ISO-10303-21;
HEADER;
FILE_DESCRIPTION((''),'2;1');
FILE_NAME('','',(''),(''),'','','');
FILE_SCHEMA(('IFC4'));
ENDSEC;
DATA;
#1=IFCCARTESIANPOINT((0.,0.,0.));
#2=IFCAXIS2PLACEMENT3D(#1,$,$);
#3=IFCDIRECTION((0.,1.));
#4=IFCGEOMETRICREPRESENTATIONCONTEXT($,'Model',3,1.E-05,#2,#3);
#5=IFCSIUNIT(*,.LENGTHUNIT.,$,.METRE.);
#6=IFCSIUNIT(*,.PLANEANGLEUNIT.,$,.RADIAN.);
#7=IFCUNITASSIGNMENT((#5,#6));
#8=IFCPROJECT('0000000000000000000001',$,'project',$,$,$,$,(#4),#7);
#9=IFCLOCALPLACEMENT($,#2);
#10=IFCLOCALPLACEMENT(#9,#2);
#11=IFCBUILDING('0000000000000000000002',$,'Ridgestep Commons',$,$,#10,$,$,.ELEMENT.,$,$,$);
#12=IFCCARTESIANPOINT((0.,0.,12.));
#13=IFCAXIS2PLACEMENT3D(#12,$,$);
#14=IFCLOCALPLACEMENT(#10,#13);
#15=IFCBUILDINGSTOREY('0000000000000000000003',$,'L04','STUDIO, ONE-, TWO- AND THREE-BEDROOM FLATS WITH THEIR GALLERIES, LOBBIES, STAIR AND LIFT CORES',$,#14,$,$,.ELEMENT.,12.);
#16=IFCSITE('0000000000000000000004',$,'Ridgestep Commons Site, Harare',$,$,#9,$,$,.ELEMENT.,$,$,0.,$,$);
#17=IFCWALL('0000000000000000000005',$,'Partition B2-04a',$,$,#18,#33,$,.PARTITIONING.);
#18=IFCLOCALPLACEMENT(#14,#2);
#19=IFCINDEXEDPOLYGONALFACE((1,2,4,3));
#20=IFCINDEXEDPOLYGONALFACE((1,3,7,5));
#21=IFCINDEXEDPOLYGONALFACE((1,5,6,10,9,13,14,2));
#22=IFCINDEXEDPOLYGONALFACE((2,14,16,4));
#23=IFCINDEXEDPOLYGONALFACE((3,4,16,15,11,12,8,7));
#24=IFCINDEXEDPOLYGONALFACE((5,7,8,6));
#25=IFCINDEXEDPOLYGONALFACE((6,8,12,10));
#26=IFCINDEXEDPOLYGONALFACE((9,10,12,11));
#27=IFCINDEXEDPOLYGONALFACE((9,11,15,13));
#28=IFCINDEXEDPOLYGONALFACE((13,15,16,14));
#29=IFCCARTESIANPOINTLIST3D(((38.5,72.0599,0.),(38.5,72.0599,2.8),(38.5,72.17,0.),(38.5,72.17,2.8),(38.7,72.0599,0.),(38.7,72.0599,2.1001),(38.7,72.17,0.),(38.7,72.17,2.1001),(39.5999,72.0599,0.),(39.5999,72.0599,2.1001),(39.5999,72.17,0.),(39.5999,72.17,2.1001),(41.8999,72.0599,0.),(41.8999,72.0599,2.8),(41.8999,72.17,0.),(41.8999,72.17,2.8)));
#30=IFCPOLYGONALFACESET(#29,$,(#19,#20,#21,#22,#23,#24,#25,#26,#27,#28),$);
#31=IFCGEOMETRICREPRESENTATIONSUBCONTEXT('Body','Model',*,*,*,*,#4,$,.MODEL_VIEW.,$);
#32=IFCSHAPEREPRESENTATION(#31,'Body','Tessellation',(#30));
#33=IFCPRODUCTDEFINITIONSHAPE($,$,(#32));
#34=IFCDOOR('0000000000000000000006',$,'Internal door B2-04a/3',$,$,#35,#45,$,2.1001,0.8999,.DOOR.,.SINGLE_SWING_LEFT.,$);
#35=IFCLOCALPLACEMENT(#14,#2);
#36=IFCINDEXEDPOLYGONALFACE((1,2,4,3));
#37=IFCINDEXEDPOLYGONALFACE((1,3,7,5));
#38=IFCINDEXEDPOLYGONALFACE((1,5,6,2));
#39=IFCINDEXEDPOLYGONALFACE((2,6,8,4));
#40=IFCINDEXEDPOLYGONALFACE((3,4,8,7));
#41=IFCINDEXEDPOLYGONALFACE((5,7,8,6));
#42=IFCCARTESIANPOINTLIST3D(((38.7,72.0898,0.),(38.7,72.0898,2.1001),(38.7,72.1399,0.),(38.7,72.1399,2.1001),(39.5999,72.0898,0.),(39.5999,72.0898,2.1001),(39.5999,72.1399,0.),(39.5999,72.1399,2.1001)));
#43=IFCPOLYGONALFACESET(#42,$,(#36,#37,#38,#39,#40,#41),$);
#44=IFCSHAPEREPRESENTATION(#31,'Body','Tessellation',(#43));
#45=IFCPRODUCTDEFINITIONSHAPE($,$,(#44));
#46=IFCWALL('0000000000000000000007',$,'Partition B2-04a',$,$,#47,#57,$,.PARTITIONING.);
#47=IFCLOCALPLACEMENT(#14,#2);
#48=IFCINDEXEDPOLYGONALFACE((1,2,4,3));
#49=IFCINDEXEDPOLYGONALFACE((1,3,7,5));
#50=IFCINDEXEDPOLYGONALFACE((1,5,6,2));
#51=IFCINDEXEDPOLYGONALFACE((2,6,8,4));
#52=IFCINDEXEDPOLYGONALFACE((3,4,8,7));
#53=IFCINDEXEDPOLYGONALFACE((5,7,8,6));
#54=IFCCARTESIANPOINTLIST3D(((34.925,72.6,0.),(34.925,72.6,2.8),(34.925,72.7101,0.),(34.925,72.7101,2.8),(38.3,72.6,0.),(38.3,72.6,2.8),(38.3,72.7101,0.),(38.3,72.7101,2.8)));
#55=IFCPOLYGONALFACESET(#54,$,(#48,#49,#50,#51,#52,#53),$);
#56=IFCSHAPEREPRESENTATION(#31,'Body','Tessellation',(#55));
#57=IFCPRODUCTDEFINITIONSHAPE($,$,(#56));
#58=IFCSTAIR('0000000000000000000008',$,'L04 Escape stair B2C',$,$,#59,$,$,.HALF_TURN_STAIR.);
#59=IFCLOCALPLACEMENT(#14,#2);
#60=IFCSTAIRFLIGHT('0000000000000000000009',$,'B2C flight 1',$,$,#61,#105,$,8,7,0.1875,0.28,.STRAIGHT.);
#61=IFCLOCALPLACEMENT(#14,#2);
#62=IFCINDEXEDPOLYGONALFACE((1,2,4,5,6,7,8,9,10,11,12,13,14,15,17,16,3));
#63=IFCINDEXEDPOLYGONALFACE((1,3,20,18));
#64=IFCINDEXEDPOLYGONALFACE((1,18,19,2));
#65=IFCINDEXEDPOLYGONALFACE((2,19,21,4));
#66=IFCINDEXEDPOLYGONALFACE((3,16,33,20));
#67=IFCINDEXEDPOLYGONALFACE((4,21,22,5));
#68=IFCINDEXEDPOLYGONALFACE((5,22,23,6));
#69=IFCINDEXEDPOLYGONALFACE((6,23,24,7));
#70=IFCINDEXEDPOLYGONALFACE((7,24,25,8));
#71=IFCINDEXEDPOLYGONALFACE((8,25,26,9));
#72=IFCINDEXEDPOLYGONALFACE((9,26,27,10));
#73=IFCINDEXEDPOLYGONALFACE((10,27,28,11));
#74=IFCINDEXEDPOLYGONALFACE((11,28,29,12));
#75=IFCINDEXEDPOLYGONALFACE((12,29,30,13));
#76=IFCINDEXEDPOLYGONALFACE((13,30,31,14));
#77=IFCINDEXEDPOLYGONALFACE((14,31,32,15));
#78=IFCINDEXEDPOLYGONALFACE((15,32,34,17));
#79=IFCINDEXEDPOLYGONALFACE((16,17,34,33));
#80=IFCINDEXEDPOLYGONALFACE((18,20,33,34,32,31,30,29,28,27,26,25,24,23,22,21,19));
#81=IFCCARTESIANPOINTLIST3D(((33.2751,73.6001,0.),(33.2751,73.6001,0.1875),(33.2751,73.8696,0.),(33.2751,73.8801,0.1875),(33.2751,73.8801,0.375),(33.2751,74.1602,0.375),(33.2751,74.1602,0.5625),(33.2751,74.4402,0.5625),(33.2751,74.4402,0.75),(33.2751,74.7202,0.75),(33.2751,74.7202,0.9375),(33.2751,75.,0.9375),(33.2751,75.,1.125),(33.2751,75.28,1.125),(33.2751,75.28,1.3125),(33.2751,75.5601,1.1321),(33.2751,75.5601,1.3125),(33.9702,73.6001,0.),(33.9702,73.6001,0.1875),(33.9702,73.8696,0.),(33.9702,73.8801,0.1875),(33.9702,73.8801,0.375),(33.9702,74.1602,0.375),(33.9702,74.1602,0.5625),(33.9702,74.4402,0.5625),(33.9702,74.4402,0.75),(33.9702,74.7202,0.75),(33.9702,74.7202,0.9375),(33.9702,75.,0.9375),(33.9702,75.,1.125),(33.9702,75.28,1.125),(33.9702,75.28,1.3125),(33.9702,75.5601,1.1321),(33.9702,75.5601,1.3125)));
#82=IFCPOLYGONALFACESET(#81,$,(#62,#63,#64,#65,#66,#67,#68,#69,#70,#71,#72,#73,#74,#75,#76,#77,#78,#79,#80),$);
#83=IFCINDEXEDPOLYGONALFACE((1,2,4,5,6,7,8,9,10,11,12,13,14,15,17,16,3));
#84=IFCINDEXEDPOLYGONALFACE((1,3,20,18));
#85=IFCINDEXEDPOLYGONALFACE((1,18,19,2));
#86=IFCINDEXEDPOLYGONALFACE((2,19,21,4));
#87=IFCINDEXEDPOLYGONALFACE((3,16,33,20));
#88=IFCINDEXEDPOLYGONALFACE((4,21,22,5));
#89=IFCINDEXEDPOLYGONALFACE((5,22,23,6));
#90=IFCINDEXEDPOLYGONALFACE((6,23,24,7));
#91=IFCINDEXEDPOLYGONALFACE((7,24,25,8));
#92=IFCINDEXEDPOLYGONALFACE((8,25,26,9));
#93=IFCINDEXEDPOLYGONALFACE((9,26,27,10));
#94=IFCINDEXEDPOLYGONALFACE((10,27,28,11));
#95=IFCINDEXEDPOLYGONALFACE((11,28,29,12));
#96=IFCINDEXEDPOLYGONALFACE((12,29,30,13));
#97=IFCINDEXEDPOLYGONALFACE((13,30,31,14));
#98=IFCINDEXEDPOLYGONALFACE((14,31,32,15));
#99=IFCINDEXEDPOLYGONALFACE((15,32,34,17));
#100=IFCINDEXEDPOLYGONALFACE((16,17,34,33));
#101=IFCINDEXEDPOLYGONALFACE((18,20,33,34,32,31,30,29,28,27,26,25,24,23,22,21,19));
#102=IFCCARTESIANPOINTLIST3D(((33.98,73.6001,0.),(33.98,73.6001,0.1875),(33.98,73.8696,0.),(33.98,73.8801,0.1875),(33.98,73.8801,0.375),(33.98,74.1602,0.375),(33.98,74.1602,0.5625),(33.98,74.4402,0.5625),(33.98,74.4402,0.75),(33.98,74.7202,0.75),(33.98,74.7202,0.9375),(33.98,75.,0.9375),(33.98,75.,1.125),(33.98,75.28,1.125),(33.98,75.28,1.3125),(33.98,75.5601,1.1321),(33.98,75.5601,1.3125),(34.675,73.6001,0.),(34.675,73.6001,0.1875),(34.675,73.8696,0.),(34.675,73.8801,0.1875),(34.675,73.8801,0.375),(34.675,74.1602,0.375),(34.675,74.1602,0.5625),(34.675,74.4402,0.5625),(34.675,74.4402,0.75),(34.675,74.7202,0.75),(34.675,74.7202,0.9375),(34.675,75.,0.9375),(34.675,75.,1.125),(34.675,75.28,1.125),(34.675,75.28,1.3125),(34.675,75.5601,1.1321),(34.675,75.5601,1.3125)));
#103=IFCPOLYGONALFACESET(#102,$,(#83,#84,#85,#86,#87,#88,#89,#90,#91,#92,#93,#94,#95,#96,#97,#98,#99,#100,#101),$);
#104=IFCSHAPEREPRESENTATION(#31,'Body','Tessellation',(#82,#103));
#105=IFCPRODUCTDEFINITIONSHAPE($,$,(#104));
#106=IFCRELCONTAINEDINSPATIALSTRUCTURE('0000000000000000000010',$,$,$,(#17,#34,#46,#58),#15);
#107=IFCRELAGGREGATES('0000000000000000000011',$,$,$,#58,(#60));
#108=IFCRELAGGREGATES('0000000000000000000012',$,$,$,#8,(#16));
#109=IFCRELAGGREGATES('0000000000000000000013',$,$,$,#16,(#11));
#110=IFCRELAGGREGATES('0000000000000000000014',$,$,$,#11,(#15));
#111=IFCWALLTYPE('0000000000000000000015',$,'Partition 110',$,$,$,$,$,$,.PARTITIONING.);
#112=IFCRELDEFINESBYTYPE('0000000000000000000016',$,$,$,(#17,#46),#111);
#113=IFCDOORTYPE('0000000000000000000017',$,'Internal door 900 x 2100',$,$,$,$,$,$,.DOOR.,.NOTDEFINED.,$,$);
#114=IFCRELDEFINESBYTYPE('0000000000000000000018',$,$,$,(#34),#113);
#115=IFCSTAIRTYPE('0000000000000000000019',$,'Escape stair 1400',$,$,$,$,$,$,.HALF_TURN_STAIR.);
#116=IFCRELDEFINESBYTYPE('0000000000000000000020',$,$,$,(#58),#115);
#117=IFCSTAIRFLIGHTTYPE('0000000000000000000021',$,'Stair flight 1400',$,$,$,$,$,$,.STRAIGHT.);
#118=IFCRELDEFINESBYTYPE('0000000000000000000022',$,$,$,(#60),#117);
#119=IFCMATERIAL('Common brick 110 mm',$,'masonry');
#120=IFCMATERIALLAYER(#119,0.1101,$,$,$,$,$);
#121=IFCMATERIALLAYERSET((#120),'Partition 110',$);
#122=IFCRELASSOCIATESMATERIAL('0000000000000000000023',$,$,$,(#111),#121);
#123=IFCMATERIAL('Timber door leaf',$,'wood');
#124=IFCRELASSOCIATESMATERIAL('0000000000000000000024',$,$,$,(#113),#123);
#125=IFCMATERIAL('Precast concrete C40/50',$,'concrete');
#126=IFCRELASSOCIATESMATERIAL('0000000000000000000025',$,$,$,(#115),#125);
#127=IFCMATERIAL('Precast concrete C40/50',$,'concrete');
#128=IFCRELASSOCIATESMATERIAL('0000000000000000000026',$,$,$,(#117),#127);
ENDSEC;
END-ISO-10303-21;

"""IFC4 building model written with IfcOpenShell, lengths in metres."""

from ifc_helpers import new_model, si_unit, direction, frame, frame_2d, origin, place, context, subcontext, project, spatial, polyline, rectangle, outline, extrude, material, layer, layer_set, type_object, element, fill, aggregate, save


model = new_model("IFC4")

# Units and contexts
model_context = context("Model", 3, precision=1e-05, world=origin(), true_north=direction((0.0, 1.0)))
body_context = subcontext(model_context, "Body", "Model", "MODEL_VIEW")
ifc_project = project(units=[si_unit("LENGTHUNIT", "METRE"), si_unit("PLANEANGLEUNIT", "RADIAN")], contexts=[model_context])

# Site, building, storey
site_placement = place(None, origin())
site = spatial("IfcSite", under=ifc_project, at=site_placement, Name="Ridgestep Commons Site, Harare", CompositionType="ELEMENT", RefElevation=0.0)
building_placement = place(site_placement, origin())
building = spatial("IfcBuilding", under=site, at=building_placement, Name="Ridgestep Commons", CompositionType="ELEMENT")
storey_placement = place(building_placement, frame((0.0, 0.0, 12.0)))
storey = spatial("IfcBuildingStorey", under=building, at=storey_placement, Name="L04", Description="STUDIO, ONE-, TWO- AND THREE-BEDROOM FLATS WITH THEIR GALLERIES, LOBBIES, STAIR AND LIFT CORES", CompositionType="ELEMENT", Elevation=12.0)

# Wall, opening, door
ifc_material_1 = material(Name="Common brick 110 mm", Category="masonry")
ifc_layer_1 = layer(ifc_material_1, 0.1101)
ifc_layer_set_1 = layer_set([ifc_layer_1], Name="Partition 110")
wall_type_1 = type_object("IfcWallType", Name="Partition 110", PredefinedType="PARTITIONING", material=ifc_layer_set_1)
wall_1_placement = place(storey_placement, frame((38.5, 72.115, 0.0), z_axis=(0.0, 0.0, 1.0), x_axis=(1.0, 0.0, 0.0)))
wall_1 = element("IfcWall", 1, at=wall_1_placement, inside=storey, type_object=wall_type_1, Name="Partition B2-04a", PredefinedType="PARTITIONING", context=body_context, shape_type="SweptSolid", body=[
    extrude(rectangle(XDim=3.3999, YDim=0.1101, at=frame_2d((1.7, 0.0))), origin(), (0.0, 0.0, 1.0), 2.8),
])
opening_1_placement = place(wall_1_placement, frame((0.2, 0.0, 0.0)))
opening_1 = element("IfcOpeningElement", 2, at=opening_1_placement, cuts=wall_1, PredefinedType="OPENING", context=body_context, shape_type="SweptSolid", body=[
    extrude(rectangle(XDim=0.8999, YDim=2.1001, at=frame_2d((0.45, 1.05))), frame((0.0, 0.0649, 0.0), z_axis=(0.0, -1.0, 0.0), x_axis=(1.0, 0.0, 0.0)), (0.0, 0.0, 1.0), 0.1301),
])
ifc_material_2 = material(Name="Timber door leaf", Category="wood")
door_type = type_object("IfcDoorType", Name="Internal door 900 x 2100", OperationType="NOTDEFINED", PredefinedType="DOOR", material=ifc_material_2)
door_placement = place(opening_1_placement, origin())
door = element("IfcDoor", 3, at=door_placement, inside=storey, type_object=door_type, Name="Internal door B2-04a/3", OperationType="SINGLE_SWING_LEFT", OverallHeight=2.1001, OverallWidth=0.8999, PredefinedType="DOOR", context=body_context, shape_type="SweptSolid", body=[
    extrude(rectangle(XDim=0.8999, YDim=2.1001, at=frame_2d((0.45, 1.05))), frame((0.0, 0.0249, 0.0), z_axis=(0.0, -1.0, 0.0), x_axis=(1.0, 0.0, 0.0)), (0.0, 0.0, 1.0), 0.05),
])
fill(opening_1, door)

# Wall
wall_2_placement = place(storey_placement, frame((34.925, 72.655, 0.0), z_axis=(0.0, 0.0, 1.0), x_axis=(1.0, 0.0, 0.0)))
element("IfcWall", 4, at=wall_2_placement, inside=storey, type_object=wall_type_1, Name="Partition B2-04a", PredefinedType="PARTITIONING", context=body_context, shape_type="SweptSolid", body=[
    extrude(rectangle(XDim=3.375, YDim=0.1101, at=frame_2d((1.6875, 0.0))), origin(), (0.0, 0.0, 1.0), 2.8),
])

# Stair, stair flight
ifc_material_3 = material(Name="Precast concrete C40/50", Category="concrete")
stair_type = type_object("IfcStairType", Name="Escape stair 1400", PredefinedType="HALF_TURN_STAIR", material=ifc_material_3)
stair_placement = place(storey_placement, origin())
stair = element("IfcStair", 5, at=stair_placement, inside=storey, type_object=stair_type, Name="L04 Escape stair B2C", PredefinedType="HALF_TURN_STAIR")
ifc_material_4 = material(Name="Precast concrete C40/50", Category="concrete")
stair_flight_type = type_object("IfcStairFlightType", Name="Stair flight 1400", PredefinedType="STRAIGHT", material=ifc_material_4)
stair_flight_placement = place(storey_placement, frame((33.9751, 73.6001, 0.0), z_axis=(0.0, 0.0, 1.0), x_axis=(0.0, 1.0, 0.0)))
stair_flight = element("IfcStairFlight", 6, at=stair_flight_placement, type_object=stair_flight_type, Name="B2C flight 1", NumberOfRisers=8, NumberOfTreads=7, PredefinedType="STRAIGHT", RiserHeight=0.1875, TreadLength=0.28, context=body_context, shape_type="SweptSolid", body=[
    extrude(outline(polyline([(0.0, 0.0), (0.0, 0.1875), (0.28, 0.1875), (0.28, 0.375), (0.5601, 0.375), (0.5601, 0.5625), (0.8401, 0.5625), (0.8401, 0.75), (1.1201, 0.75), (1.1201, 0.9375), (1.3999, 0.9375), (1.3999, 1.125), (1.6799, 1.125), (1.6799, 1.3125), (1.96, 1.3125), (1.96, 1.5), (1.96, 1.1321), (0.2695, 0.0), (0.0, 0.0)])), frame((0.0, 0.7, 0.0), z_axis=(0.0, -1.0, 0.0), x_axis=(1.0, 0.0, 0.0)), (0.0, 0.0, 1.0), 0.6951),
    extrude(outline(polyline([(0.0, 0.0), (0.0, 0.1875), (0.28, 0.1875), (0.28, 0.375), (0.5601, 0.375), (0.5601, 0.5625), (0.8401, 0.5625), (0.8401, 0.75), (1.1201, 0.75), (1.1201, 0.9375), (1.3999, 0.9375), (1.3999, 1.125), (1.6799, 1.125), (1.6799, 1.3125), (1.96, 1.3125), (1.96, 1.5), (1.96, 1.1321), (0.2695, 0.0), (0.0, 0.0)])), frame((0.0, -0.0049, 0.0), z_axis=(0.0, -1.0, 0.0), x_axis=(1.0, 0.0, 0.0)), (0.0, 0.0, 1.0), 0.6951),
])
aggregate(stair, [stair_flight])

save(model, "model.ifc")
